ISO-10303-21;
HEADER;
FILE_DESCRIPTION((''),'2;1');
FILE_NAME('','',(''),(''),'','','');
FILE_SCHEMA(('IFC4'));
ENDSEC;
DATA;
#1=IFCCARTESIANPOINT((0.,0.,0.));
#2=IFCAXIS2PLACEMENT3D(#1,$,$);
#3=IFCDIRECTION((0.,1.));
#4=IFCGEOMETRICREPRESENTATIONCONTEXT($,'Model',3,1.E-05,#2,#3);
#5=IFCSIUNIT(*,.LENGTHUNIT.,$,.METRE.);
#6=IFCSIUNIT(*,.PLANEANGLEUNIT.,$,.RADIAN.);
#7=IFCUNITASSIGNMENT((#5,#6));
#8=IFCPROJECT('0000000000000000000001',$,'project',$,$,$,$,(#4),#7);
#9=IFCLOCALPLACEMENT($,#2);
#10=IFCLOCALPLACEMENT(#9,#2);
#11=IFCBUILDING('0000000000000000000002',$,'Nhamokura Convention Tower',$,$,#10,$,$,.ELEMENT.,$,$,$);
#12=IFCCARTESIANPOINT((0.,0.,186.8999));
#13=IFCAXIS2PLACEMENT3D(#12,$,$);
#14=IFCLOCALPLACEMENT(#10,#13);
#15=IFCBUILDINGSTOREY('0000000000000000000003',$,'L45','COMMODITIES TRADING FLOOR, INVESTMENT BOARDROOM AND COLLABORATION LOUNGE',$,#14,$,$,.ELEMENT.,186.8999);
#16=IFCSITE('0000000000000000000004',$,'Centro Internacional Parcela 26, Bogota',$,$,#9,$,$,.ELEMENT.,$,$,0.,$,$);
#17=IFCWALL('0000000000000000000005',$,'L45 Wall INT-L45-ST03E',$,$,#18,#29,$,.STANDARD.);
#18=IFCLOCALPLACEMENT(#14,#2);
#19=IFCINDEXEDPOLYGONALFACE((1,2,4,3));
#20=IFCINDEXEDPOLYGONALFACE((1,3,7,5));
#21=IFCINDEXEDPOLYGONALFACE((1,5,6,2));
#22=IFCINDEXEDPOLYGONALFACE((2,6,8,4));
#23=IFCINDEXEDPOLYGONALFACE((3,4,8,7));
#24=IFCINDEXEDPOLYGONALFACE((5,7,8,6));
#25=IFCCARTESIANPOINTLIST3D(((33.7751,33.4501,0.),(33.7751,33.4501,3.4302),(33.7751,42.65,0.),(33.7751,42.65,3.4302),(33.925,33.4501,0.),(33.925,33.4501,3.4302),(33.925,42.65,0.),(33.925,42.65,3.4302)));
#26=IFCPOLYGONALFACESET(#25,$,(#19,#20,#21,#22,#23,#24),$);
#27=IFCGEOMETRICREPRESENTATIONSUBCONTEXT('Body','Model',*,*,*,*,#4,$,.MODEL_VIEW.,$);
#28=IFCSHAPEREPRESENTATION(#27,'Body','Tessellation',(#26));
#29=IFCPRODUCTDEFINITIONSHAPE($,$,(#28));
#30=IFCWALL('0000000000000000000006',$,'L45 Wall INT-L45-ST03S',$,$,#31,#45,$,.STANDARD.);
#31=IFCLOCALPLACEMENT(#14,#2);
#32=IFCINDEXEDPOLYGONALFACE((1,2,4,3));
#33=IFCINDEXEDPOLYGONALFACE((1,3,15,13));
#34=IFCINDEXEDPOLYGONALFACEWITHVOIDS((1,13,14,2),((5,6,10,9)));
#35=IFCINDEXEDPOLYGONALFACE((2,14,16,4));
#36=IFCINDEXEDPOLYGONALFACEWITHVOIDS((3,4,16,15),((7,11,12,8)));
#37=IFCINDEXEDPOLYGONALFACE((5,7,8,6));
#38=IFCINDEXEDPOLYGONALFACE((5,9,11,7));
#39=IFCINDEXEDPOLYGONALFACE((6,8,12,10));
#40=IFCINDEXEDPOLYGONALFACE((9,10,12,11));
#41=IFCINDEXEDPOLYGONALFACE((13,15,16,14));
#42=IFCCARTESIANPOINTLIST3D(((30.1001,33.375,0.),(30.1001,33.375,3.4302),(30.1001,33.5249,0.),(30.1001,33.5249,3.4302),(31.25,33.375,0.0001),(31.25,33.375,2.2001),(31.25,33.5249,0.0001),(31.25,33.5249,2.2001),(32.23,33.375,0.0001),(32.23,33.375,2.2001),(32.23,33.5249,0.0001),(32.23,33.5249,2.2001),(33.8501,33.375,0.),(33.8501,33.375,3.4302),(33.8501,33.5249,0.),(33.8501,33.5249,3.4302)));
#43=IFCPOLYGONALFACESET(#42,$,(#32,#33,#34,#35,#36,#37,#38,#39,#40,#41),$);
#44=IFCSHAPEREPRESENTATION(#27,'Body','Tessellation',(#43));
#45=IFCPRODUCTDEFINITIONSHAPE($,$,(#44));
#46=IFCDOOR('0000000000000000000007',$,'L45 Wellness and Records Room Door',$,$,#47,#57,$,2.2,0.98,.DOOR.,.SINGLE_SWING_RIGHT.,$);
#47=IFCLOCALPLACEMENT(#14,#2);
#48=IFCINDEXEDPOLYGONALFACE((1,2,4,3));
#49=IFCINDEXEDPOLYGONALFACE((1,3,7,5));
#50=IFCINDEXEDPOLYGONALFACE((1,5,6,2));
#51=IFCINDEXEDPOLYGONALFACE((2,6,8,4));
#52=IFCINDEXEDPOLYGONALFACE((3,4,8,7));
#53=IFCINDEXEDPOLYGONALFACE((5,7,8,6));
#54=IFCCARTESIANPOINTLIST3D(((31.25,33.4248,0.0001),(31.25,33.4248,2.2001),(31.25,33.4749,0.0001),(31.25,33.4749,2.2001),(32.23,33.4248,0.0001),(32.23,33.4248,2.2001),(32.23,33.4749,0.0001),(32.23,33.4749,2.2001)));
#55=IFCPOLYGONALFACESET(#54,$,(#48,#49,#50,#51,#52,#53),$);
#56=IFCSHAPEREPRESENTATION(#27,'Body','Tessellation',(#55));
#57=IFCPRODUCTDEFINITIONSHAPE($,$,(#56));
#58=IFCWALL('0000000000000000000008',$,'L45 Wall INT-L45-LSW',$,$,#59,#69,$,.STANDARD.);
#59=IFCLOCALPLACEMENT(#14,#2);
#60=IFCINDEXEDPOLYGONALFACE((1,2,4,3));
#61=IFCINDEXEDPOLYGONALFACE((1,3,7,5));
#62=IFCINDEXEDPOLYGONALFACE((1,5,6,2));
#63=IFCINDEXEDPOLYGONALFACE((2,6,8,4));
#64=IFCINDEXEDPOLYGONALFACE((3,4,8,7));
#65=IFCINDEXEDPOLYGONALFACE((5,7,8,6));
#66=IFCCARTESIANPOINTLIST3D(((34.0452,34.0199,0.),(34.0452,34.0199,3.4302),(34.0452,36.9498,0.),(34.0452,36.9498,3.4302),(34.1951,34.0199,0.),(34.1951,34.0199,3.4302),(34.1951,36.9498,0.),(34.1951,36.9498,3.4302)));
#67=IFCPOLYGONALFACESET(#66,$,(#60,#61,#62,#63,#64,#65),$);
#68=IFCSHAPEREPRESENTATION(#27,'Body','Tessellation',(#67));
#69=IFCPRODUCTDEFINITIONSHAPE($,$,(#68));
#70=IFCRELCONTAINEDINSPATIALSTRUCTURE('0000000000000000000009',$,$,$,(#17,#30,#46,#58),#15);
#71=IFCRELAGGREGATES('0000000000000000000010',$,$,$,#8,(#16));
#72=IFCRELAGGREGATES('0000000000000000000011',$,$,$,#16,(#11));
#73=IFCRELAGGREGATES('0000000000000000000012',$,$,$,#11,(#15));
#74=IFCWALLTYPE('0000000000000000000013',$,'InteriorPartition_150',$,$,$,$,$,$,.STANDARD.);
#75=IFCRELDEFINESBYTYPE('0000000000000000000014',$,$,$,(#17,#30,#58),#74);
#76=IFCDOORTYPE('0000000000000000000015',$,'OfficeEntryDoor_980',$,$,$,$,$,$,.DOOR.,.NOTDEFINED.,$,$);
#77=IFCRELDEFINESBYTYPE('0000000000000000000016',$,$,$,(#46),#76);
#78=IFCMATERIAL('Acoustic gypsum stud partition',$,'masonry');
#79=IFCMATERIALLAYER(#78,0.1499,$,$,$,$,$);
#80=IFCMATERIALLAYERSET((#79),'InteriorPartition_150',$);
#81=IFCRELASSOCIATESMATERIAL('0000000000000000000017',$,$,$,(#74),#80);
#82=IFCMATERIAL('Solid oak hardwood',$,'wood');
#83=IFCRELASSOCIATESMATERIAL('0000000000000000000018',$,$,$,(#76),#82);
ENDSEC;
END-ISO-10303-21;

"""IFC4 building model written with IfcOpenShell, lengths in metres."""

from ifc_helpers import new_model, si_unit, direction, frame, frame_2d, origin, place, context, subcontext, project, spatial, rectangle, extrude, material, layer, layer_set, type_object, element, fill, save


model = new_model("IFC4")

# Units and contexts
model_context = context("Model", 3, precision=1e-05, world=origin(), true_north=direction((0.0, 1.0)))
body_context = subcontext(model_context, "Body", "Model", "MODEL_VIEW")
ifc_project = project(units=[si_unit("LENGTHUNIT", "METRE"), si_unit("PLANEANGLEUNIT", "RADIAN")], contexts=[model_context])

# Site, building, storey
site_placement = place(None, origin())
site = spatial("IfcSite", under=ifc_project, at=site_placement, Name="Centro Internacional Parcela 26, Bogota", CompositionType="ELEMENT", RefElevation=0.0)
building_placement = place(site_placement, origin())
building = spatial("IfcBuilding", under=site, at=building_placement, Name="Nhamokura Convention Tower", CompositionType="ELEMENT")
storey_placement = place(building_placement, frame((0.0, 0.0, 186.8999)))
storey = spatial("IfcBuildingStorey", under=building, at=storey_placement, Name="L45", Description="COMMODITIES TRADING FLOOR, INVESTMENT BOARDROOM AND COLLABORATION LOUNGE", CompositionType="ELEMENT", Elevation=186.8999)

# Wall
ifc_material_1 = material(Name="Acoustic gypsum stud partition", Category="masonry")
ifc_layer_1 = layer(ifc_material_1, 0.1499)
ifc_layer_set_1 = layer_set([ifc_layer_1], Name="InteriorPartition_150")
wall_type_1 = type_object("IfcWallType", Name="InteriorPartition_150", PredefinedType="STANDARD", material=ifc_layer_set_1)
for number, where, z_axis, x_axis, name in (
    (1, (33.8501, 33.45, 0.0), (0.0, 0.0, 1.0), (0.0, 1.0, 0.0), "L45 Wall INT-L45-ST03E"),
):
    element("IfcWall", number, at=place(storey_placement, frame(where, z_axis=z_axis, x_axis=x_axis)), inside=storey, type_object=wall_type_1, Name=name, PredefinedType="STANDARD", context=body_context, shape_type="SweptSolid", body=[
        extrude(rectangle(XDim=9.2, YDim=0.1499, at=frame_2d((4.6001, 0.0))), origin(), (0.0, 0.0, 1.0), 3.4302),
    ])

# Wall, opening, door
wall_1_placement = place(storey_placement, frame((30.1001, 33.45, 0.0), z_axis=(0.0, 0.0, 1.0), x_axis=(1.0, 0.0, 0.0)))
wall_1 = element("IfcWall", 2, at=wall_1_placement, inside=storey, type_object=wall_type_1, Name="L45 Wall INT-L45-ST03S", PredefinedType="STANDARD", context=body_context, shape_type="SweptSolid", body=[
    extrude(rectangle(XDim=3.75, YDim=0.1499, at=frame_2d((1.875, 0.0))), origin(), (0.0, 0.0, 1.0), 3.4302),
])
opening_1_placement = place(wall_1_placement, frame((1.1499, 0.0, 0.0)))
opening_1 = element("IfcOpeningElement", 3, at=opening_1_placement, cuts=wall_1, PredefinedType="OPENING", context=body_context, shape_type="SweptSolid", body=[
    extrude(rectangle(XDim=0.98, YDim=2.2, at=frame_2d((0.49, 1.1001))), frame((0.0, 0.085, 0.0), z_axis=(0.0, -1.0, 0.0), x_axis=(1.0, 0.0, 0.0)), (0.0, 0.0, 1.0), 0.1699),
])
ifc_material_2 = material(Name="Solid oak hardwood", Category="wood")
door_type_1 = type_object("IfcDoorType", Name="OfficeEntryDoor_980", OperationType="NOTDEFINED", PredefinedType="DOOR", material=ifc_material_2)
door_1_placement = place(opening_1_placement, origin())
door_1 = element("IfcDoor", 4, at=door_1_placement, inside=storey, type_object=door_type_1, Name="L45 Wellness and Records Room Door", OperationType="SINGLE_SWING_RIGHT", OverallHeight=2.2, OverallWidth=0.98, PredefinedType="DOOR", context=body_context, shape_type="SweptSolid", body=[
    extrude(rectangle(XDim=0.98, YDim=2.2, at=frame_2d((0.49, 1.1001))), frame((0.0, 0.0249, 0.0), z_axis=(0.0, -1.0, 0.0), x_axis=(1.0, 0.0, 0.0)), (0.0, 0.0, 1.0), 0.05),
])
fill(opening_1, door_1)

# Wall
wall_2_placement = place(storey_placement, frame((34.1201, 34.02, 0.0), z_axis=(0.0, 0.0, 1.0), x_axis=(0.0, 1.0, 0.0)))
element("IfcWall", 5, at=wall_2_placement, inside=storey, type_object=wall_type_1, Name="L45 Wall INT-L45-LSW", PredefinedType="STANDARD", context=body_context, shape_type="SweptSolid", body=[
    extrude(rectangle(XDim=2.9299, YDim=0.1499, at=frame_2d((1.4648, 0.0))), origin(), (0.0, 0.0, 1.0), 3.4302),
])

save(model, "model.ifc")
